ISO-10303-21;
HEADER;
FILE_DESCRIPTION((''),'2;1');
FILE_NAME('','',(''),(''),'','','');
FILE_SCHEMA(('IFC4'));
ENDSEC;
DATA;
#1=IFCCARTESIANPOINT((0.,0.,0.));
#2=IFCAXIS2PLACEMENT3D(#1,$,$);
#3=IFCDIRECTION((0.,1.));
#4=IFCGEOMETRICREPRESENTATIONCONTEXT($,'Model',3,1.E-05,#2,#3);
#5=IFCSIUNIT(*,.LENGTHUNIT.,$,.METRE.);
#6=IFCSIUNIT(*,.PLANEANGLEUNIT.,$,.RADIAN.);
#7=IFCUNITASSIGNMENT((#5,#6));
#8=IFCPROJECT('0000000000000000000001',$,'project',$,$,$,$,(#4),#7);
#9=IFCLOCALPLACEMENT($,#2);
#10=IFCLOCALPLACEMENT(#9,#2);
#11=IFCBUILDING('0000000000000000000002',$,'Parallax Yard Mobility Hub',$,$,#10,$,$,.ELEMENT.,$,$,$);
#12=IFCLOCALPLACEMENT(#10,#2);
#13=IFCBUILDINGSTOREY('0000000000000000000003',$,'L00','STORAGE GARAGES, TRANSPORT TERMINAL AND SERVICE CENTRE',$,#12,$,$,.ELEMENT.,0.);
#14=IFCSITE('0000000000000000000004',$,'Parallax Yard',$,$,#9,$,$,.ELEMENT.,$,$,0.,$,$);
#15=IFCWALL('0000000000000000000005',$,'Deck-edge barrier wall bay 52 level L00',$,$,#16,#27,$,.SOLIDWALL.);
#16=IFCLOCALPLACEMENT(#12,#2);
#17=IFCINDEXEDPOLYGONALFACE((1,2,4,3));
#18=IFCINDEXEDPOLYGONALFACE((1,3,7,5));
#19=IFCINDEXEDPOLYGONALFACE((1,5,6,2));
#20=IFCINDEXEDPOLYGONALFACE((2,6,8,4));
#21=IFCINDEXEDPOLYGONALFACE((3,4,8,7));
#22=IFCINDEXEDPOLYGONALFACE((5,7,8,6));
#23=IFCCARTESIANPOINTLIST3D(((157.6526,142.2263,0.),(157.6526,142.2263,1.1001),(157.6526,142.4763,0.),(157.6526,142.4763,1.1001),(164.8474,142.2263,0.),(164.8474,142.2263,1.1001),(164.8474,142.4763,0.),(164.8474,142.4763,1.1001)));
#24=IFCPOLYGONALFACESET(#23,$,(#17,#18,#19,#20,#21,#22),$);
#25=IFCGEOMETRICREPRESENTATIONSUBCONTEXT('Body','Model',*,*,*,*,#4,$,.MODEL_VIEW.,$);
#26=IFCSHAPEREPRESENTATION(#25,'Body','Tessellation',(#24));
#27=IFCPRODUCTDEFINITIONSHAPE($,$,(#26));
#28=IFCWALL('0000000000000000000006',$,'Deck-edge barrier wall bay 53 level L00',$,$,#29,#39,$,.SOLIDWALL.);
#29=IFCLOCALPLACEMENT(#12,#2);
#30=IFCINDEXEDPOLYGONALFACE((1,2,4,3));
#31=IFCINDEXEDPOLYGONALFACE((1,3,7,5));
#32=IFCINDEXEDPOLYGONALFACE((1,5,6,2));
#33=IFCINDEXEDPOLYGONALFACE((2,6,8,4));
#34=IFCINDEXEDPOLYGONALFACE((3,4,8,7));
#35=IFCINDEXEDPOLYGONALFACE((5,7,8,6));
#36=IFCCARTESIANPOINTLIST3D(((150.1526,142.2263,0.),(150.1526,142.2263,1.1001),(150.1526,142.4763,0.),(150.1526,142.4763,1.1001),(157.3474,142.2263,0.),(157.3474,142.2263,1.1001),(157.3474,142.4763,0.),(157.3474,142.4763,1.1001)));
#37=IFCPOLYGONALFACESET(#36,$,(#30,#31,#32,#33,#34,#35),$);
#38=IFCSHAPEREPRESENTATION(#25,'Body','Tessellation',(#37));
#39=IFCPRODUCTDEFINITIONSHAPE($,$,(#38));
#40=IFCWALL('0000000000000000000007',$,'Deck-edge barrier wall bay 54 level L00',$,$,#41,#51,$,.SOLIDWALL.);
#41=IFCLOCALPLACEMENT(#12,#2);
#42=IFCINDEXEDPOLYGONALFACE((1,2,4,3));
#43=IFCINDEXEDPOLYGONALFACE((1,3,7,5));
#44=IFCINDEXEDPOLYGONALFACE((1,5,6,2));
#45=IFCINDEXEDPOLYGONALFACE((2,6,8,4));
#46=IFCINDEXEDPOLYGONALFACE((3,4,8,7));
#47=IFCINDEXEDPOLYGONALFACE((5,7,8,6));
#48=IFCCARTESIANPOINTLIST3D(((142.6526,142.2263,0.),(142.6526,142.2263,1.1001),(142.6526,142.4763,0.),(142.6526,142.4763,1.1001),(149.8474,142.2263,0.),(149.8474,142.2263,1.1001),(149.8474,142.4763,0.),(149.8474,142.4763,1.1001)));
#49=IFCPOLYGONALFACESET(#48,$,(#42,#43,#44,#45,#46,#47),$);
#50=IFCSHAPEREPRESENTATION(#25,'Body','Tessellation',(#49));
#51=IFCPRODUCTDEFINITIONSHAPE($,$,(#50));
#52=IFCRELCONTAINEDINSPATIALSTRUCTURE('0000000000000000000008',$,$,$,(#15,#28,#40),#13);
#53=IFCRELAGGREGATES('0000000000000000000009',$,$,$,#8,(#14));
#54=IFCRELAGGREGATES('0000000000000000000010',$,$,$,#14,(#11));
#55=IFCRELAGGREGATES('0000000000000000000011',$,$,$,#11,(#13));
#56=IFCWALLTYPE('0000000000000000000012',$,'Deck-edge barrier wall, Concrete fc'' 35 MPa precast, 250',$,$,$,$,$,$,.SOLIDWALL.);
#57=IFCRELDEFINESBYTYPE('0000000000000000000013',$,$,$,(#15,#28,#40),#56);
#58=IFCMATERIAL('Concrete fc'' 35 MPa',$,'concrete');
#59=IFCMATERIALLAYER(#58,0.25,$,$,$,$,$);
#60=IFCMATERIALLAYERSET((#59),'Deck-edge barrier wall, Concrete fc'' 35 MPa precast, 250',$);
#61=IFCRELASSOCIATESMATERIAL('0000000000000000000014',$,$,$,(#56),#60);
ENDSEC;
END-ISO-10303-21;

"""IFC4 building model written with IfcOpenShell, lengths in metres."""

from ifc_helpers import new_model, si_unit, direction, frame, frame_2d, origin, place, context, subcontext, project, spatial, rectangle, extrude, material, layer, layer_set, type_object, element, save


model = new_model("IFC4")

# Units and contexts
model_context = context("Model", 3, precision=1e-05, world=origin(), true_north=direction((0.0, 1.0)))
body_context = subcontext(model_context, "Body", "Model", "MODEL_VIEW")
ifc_project = project(units=[si_unit("LENGTHUNIT", "METRE"), si_unit("PLANEANGLEUNIT", "RADIAN")], contexts=[model_context])

# Site, building, storey
site_placement = place(None, origin())
site = spatial("IfcSite", under=ifc_project, at=site_placement, Name="Parallax Yard", CompositionType="ELEMENT", RefElevation=0.0)
building_placement = place(site_placement, origin())
building = spatial("IfcBuilding", under=site, at=building_placement, Name="Parallax Yard Mobility Hub", CompositionType="ELEMENT")
storey_placement = place(building_placement, origin())
storey = spatial("IfcBuildingStorey", under=building, at=storey_placement, Name="L00", Description="STORAGE GARAGES, TRANSPORT TERMINAL AND SERVICE CENTRE", CompositionType="ELEMENT", Elevation=0.0)

# Walls
ifc_material_1 = material(Name="Concrete fc' 35 MPa", Category="concrete")
ifc_layer = layer(ifc_material_1, 0.25)
ifc_layer_set = layer_set([ifc_layer], Name="Deck-edge barrier wall, Concrete fc' 35 MPa precast, 250")
wall_type = type_object("IfcWallType", Name="Deck-edge barrier wall, Concrete fc' 35 MPa precast, 250", PredefinedType="SOLIDWALL", material=ifc_layer_set)
for number, where, z_axis, x_axis, name in (
    (1, (164.8474, 142.3513, 0.0), (0.0, 0.0, 1.0), (-1.0, 0.0, 0.0), "Deck-edge barrier wall bay 52 level L00"),
    (2, (157.3474, 142.3513, 0.0), (0.0, 0.0, 1.0), (-1.0, 0.0, 0.0), "Deck-edge barrier wall bay 53 level L00"),
    (3, (149.8474, 142.3513, 0.0), (0.0, 0.0, 1.0), (-1.0, 0.0, 0.0), "Deck-edge barrier wall bay 54 level L00"),
):
    element("IfcWall", number, at=place(storey_placement, frame(where, z_axis=z_axis, x_axis=x_axis)), inside=storey, type_object=wall_type, Name=name, PredefinedType="SOLIDWALL", context=body_context, shape_type="SweptSolid", body=[
        extrude(rectangle(XDim=7.1948, YDim=0.25, at=frame_2d((3.5974, 0.0))), origin(), (0.0, 0.0, 1.0), 1.1001),
    ])

save(model, "model.ifc")
